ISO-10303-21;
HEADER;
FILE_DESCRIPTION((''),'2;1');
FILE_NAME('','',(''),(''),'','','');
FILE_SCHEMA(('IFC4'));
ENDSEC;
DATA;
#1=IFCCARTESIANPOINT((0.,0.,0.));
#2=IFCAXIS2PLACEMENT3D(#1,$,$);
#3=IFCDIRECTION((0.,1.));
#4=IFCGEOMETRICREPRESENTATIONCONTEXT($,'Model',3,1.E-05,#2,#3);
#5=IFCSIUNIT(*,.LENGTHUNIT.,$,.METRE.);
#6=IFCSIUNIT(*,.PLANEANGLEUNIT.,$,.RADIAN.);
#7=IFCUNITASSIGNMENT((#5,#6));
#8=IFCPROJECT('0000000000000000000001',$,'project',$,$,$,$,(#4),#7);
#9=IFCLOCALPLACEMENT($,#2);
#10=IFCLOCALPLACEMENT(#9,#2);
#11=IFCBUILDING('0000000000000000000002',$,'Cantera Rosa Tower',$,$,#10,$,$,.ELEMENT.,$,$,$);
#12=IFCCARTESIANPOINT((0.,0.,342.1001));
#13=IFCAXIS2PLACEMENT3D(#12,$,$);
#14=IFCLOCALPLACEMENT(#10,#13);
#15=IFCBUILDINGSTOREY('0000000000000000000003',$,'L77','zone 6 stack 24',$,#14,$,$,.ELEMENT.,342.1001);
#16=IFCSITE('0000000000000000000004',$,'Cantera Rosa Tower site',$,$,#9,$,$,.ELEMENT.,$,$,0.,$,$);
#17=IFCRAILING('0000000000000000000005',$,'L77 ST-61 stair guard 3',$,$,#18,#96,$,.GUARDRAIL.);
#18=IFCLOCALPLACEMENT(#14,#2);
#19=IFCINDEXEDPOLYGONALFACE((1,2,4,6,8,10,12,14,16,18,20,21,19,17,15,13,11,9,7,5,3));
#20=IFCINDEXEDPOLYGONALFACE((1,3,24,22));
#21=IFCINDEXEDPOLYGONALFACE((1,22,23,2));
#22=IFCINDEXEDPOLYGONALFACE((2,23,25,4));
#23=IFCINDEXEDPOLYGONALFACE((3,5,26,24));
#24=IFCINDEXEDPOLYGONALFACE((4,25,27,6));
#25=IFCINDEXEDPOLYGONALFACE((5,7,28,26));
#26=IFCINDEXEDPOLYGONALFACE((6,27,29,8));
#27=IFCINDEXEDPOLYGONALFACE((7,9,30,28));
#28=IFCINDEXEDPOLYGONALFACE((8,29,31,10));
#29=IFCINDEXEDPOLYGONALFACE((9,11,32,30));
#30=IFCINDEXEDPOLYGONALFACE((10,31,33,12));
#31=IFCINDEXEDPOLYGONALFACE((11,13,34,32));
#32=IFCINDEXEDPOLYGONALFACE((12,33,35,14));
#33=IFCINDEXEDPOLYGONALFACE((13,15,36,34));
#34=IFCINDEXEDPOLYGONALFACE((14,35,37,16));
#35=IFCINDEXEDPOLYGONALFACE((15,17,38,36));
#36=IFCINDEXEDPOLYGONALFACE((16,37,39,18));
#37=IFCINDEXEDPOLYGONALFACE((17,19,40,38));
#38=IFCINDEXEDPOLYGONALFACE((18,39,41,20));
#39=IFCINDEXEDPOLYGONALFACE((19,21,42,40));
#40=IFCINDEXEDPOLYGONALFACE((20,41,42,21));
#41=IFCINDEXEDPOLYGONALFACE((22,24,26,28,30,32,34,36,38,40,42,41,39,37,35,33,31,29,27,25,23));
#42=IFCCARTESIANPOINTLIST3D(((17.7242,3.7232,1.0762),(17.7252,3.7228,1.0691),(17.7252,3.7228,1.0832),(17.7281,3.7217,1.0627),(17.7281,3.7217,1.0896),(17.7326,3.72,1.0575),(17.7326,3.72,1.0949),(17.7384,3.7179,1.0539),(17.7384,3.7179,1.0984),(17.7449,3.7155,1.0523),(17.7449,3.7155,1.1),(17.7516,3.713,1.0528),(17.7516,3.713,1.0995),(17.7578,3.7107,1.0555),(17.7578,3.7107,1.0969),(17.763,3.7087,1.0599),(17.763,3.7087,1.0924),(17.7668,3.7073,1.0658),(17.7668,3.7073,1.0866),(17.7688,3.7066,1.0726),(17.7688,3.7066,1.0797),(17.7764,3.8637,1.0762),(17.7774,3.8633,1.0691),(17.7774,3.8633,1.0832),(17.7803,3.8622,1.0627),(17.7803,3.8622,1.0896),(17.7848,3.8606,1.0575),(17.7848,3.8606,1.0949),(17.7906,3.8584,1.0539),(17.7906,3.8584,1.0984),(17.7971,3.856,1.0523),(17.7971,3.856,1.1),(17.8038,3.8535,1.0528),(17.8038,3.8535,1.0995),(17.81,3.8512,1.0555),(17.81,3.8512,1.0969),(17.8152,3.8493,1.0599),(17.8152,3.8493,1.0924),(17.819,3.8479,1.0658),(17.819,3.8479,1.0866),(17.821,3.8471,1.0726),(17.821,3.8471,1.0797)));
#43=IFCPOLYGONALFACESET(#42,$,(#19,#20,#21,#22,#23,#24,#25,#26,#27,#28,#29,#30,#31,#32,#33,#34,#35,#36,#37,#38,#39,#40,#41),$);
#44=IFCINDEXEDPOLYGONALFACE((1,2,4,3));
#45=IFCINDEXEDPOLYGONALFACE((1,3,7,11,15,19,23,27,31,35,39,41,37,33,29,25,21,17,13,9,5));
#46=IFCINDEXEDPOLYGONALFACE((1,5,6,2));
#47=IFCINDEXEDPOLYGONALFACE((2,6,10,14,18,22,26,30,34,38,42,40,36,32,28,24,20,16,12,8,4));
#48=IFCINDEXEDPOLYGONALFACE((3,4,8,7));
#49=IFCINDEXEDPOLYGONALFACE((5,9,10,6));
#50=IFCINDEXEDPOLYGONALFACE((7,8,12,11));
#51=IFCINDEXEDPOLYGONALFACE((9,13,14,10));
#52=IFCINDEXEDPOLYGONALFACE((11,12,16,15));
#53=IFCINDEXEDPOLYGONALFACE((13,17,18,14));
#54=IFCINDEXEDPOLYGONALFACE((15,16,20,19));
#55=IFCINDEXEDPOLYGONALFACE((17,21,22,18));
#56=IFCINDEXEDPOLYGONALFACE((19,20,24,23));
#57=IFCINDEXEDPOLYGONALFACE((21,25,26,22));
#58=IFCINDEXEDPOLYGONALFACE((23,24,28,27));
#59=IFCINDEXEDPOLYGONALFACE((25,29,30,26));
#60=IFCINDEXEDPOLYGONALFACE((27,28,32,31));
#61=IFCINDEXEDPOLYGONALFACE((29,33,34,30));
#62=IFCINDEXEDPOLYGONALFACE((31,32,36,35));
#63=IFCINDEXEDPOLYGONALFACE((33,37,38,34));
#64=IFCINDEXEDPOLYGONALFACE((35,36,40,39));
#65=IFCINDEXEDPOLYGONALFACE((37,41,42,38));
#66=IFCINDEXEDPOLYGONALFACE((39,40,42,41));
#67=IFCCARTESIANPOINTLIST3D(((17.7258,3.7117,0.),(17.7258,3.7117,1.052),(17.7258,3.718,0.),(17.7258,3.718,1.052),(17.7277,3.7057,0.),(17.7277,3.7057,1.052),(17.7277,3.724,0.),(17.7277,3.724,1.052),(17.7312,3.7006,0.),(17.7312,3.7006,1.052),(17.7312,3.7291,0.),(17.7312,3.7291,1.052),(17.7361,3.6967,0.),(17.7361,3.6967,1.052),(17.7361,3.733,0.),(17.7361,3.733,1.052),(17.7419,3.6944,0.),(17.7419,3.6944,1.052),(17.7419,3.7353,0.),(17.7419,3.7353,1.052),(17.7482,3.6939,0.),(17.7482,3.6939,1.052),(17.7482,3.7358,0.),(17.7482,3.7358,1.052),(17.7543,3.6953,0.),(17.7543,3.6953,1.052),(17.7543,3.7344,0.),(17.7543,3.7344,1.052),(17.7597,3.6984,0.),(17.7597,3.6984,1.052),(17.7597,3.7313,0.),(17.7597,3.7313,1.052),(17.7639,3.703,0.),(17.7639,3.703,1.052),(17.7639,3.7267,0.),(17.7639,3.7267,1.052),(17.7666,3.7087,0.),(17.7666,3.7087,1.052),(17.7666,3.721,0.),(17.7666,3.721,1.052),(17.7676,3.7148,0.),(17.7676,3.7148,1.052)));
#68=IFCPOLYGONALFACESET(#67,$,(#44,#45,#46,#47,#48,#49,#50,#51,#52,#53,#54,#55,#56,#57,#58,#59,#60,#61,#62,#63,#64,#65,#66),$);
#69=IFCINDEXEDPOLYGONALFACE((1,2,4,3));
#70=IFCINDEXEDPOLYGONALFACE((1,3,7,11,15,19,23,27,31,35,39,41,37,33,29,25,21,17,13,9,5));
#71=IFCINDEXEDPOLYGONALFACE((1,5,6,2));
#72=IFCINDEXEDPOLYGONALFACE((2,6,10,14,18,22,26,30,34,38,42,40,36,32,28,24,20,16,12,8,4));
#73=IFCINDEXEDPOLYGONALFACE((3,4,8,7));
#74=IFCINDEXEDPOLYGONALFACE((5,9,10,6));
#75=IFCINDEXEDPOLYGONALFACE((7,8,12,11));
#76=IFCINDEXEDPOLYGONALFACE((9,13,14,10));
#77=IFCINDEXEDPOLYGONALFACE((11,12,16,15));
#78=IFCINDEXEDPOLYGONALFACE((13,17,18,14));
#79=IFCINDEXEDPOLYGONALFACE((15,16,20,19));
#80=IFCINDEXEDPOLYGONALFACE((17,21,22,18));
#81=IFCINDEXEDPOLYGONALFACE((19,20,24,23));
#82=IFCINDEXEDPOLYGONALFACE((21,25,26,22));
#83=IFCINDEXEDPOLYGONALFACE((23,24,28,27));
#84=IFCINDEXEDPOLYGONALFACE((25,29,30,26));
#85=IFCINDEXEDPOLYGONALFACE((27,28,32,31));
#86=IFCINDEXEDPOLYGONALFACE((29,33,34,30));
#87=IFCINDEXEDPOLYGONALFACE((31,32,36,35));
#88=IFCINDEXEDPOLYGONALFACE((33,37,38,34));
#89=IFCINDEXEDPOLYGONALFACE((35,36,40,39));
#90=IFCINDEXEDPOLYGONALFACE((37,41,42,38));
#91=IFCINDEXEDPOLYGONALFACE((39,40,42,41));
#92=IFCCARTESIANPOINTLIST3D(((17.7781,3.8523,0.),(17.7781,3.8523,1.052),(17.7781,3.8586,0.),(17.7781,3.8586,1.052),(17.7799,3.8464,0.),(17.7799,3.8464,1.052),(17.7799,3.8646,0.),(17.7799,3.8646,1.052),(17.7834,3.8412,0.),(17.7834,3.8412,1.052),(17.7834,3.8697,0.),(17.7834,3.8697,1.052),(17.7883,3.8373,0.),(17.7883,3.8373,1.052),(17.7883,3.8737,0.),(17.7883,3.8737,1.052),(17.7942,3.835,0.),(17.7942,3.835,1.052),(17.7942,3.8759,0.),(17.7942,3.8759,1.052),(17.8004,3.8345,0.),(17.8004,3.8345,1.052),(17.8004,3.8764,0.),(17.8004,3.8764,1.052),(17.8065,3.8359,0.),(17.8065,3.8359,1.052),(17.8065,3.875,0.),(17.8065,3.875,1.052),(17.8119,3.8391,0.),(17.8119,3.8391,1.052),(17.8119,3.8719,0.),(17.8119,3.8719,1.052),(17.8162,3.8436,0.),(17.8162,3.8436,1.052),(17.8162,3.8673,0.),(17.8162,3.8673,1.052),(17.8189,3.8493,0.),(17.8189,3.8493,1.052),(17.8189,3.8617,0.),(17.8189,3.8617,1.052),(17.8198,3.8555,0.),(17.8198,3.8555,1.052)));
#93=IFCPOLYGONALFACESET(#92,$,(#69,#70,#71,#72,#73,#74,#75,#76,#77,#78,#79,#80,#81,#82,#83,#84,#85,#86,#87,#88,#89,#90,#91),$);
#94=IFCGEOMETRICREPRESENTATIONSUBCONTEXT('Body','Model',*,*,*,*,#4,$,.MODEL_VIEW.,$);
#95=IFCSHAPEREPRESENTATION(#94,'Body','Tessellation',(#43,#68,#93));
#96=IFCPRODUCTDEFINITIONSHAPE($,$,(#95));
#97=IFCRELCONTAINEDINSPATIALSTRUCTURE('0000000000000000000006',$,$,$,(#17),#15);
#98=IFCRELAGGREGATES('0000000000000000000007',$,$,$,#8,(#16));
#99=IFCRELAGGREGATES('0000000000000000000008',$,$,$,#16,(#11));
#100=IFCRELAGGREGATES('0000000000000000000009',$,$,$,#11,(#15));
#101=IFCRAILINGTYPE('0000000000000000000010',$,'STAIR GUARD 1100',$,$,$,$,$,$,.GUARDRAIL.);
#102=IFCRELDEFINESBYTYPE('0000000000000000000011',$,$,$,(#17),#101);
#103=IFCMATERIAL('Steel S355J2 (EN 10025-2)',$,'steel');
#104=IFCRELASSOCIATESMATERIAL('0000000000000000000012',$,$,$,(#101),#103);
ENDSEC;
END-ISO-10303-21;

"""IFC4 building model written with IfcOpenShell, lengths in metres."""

from ifc_helpers import new_model, si_unit, direction, frame, origin, origin_2d, place, context, subcontext, project, spatial, circle, extrude, material, type_object, element, save


model = new_model("IFC4")

# Units and contexts
model_context = context("Model", 3, precision=1e-05, world=origin(), true_north=direction((0.0, 1.0)))
body_context = subcontext(model_context, "Body", "Model", "MODEL_VIEW")
ifc_project = project(units=[si_unit("LENGTHUNIT", "METRE"), si_unit("PLANEANGLEUNIT", "RADIAN")], contexts=[model_context])

# Site, building, storey
site_placement = place(None, origin())
site = spatial("IfcSite", under=ifc_project, at=site_placement, Name="Cantera Rosa Tower site", CompositionType="ELEMENT", RefElevation=0.0)
building_placement = place(site_placement, origin())
building = spatial("IfcBuilding", under=site, at=building_placement, Name="Cantera Rosa Tower", CompositionType="ELEMENT")
storey_placement = place(building_placement, frame((0.0, 0.0, 342.1001)))
storey = spatial("IfcBuildingStorey", under=building, at=storey_placement, Name="L77", Description="zone 6 stack 24", CompositionType="ELEMENT", Elevation=342.1001)

# Railing
ifc_material_1 = material(Name="Steel S355J2 (EN 10025-2)", Category="steel")
railing_type_1 = type_object("IfcRailingType", Name="STAIR GUARD 1100", PredefinedType="GUARDRAIL", material=ifc_material_1)
railing_1_placement = place(storey_placement, frame((17.7466, 3.7148, 0.0)))
element("IfcRailing", 1, at=railing_1_placement, inside=storey, type_object=railing_type_1, Name="L77 ST-61 stair guard 3", PredefinedType="GUARDRAIL", context=body_context, shape_type="SweptSolid", body=[
    extrude(circle(Radius=0.0239, at=origin_2d()), frame((0.0, 0.0, 1.0762), z_axis=(0.348268, 0.937395, 0.0), x_axis=(-0.937395, 0.348268, 0.0)), (0.0, 0.0, 1.0), 0.1499),
    extrude(circle(Radius=0.021, at=origin_2d()), origin(), (0.0, 0.0, 1.0), 1.052),
    extrude(circle(Radius=0.021, at=origin_2d()), frame((0.0522, 0.1406, 0.0)), (0.0, 0.0, 1.0), 1.052),
])

save(model, "model.ifc")
